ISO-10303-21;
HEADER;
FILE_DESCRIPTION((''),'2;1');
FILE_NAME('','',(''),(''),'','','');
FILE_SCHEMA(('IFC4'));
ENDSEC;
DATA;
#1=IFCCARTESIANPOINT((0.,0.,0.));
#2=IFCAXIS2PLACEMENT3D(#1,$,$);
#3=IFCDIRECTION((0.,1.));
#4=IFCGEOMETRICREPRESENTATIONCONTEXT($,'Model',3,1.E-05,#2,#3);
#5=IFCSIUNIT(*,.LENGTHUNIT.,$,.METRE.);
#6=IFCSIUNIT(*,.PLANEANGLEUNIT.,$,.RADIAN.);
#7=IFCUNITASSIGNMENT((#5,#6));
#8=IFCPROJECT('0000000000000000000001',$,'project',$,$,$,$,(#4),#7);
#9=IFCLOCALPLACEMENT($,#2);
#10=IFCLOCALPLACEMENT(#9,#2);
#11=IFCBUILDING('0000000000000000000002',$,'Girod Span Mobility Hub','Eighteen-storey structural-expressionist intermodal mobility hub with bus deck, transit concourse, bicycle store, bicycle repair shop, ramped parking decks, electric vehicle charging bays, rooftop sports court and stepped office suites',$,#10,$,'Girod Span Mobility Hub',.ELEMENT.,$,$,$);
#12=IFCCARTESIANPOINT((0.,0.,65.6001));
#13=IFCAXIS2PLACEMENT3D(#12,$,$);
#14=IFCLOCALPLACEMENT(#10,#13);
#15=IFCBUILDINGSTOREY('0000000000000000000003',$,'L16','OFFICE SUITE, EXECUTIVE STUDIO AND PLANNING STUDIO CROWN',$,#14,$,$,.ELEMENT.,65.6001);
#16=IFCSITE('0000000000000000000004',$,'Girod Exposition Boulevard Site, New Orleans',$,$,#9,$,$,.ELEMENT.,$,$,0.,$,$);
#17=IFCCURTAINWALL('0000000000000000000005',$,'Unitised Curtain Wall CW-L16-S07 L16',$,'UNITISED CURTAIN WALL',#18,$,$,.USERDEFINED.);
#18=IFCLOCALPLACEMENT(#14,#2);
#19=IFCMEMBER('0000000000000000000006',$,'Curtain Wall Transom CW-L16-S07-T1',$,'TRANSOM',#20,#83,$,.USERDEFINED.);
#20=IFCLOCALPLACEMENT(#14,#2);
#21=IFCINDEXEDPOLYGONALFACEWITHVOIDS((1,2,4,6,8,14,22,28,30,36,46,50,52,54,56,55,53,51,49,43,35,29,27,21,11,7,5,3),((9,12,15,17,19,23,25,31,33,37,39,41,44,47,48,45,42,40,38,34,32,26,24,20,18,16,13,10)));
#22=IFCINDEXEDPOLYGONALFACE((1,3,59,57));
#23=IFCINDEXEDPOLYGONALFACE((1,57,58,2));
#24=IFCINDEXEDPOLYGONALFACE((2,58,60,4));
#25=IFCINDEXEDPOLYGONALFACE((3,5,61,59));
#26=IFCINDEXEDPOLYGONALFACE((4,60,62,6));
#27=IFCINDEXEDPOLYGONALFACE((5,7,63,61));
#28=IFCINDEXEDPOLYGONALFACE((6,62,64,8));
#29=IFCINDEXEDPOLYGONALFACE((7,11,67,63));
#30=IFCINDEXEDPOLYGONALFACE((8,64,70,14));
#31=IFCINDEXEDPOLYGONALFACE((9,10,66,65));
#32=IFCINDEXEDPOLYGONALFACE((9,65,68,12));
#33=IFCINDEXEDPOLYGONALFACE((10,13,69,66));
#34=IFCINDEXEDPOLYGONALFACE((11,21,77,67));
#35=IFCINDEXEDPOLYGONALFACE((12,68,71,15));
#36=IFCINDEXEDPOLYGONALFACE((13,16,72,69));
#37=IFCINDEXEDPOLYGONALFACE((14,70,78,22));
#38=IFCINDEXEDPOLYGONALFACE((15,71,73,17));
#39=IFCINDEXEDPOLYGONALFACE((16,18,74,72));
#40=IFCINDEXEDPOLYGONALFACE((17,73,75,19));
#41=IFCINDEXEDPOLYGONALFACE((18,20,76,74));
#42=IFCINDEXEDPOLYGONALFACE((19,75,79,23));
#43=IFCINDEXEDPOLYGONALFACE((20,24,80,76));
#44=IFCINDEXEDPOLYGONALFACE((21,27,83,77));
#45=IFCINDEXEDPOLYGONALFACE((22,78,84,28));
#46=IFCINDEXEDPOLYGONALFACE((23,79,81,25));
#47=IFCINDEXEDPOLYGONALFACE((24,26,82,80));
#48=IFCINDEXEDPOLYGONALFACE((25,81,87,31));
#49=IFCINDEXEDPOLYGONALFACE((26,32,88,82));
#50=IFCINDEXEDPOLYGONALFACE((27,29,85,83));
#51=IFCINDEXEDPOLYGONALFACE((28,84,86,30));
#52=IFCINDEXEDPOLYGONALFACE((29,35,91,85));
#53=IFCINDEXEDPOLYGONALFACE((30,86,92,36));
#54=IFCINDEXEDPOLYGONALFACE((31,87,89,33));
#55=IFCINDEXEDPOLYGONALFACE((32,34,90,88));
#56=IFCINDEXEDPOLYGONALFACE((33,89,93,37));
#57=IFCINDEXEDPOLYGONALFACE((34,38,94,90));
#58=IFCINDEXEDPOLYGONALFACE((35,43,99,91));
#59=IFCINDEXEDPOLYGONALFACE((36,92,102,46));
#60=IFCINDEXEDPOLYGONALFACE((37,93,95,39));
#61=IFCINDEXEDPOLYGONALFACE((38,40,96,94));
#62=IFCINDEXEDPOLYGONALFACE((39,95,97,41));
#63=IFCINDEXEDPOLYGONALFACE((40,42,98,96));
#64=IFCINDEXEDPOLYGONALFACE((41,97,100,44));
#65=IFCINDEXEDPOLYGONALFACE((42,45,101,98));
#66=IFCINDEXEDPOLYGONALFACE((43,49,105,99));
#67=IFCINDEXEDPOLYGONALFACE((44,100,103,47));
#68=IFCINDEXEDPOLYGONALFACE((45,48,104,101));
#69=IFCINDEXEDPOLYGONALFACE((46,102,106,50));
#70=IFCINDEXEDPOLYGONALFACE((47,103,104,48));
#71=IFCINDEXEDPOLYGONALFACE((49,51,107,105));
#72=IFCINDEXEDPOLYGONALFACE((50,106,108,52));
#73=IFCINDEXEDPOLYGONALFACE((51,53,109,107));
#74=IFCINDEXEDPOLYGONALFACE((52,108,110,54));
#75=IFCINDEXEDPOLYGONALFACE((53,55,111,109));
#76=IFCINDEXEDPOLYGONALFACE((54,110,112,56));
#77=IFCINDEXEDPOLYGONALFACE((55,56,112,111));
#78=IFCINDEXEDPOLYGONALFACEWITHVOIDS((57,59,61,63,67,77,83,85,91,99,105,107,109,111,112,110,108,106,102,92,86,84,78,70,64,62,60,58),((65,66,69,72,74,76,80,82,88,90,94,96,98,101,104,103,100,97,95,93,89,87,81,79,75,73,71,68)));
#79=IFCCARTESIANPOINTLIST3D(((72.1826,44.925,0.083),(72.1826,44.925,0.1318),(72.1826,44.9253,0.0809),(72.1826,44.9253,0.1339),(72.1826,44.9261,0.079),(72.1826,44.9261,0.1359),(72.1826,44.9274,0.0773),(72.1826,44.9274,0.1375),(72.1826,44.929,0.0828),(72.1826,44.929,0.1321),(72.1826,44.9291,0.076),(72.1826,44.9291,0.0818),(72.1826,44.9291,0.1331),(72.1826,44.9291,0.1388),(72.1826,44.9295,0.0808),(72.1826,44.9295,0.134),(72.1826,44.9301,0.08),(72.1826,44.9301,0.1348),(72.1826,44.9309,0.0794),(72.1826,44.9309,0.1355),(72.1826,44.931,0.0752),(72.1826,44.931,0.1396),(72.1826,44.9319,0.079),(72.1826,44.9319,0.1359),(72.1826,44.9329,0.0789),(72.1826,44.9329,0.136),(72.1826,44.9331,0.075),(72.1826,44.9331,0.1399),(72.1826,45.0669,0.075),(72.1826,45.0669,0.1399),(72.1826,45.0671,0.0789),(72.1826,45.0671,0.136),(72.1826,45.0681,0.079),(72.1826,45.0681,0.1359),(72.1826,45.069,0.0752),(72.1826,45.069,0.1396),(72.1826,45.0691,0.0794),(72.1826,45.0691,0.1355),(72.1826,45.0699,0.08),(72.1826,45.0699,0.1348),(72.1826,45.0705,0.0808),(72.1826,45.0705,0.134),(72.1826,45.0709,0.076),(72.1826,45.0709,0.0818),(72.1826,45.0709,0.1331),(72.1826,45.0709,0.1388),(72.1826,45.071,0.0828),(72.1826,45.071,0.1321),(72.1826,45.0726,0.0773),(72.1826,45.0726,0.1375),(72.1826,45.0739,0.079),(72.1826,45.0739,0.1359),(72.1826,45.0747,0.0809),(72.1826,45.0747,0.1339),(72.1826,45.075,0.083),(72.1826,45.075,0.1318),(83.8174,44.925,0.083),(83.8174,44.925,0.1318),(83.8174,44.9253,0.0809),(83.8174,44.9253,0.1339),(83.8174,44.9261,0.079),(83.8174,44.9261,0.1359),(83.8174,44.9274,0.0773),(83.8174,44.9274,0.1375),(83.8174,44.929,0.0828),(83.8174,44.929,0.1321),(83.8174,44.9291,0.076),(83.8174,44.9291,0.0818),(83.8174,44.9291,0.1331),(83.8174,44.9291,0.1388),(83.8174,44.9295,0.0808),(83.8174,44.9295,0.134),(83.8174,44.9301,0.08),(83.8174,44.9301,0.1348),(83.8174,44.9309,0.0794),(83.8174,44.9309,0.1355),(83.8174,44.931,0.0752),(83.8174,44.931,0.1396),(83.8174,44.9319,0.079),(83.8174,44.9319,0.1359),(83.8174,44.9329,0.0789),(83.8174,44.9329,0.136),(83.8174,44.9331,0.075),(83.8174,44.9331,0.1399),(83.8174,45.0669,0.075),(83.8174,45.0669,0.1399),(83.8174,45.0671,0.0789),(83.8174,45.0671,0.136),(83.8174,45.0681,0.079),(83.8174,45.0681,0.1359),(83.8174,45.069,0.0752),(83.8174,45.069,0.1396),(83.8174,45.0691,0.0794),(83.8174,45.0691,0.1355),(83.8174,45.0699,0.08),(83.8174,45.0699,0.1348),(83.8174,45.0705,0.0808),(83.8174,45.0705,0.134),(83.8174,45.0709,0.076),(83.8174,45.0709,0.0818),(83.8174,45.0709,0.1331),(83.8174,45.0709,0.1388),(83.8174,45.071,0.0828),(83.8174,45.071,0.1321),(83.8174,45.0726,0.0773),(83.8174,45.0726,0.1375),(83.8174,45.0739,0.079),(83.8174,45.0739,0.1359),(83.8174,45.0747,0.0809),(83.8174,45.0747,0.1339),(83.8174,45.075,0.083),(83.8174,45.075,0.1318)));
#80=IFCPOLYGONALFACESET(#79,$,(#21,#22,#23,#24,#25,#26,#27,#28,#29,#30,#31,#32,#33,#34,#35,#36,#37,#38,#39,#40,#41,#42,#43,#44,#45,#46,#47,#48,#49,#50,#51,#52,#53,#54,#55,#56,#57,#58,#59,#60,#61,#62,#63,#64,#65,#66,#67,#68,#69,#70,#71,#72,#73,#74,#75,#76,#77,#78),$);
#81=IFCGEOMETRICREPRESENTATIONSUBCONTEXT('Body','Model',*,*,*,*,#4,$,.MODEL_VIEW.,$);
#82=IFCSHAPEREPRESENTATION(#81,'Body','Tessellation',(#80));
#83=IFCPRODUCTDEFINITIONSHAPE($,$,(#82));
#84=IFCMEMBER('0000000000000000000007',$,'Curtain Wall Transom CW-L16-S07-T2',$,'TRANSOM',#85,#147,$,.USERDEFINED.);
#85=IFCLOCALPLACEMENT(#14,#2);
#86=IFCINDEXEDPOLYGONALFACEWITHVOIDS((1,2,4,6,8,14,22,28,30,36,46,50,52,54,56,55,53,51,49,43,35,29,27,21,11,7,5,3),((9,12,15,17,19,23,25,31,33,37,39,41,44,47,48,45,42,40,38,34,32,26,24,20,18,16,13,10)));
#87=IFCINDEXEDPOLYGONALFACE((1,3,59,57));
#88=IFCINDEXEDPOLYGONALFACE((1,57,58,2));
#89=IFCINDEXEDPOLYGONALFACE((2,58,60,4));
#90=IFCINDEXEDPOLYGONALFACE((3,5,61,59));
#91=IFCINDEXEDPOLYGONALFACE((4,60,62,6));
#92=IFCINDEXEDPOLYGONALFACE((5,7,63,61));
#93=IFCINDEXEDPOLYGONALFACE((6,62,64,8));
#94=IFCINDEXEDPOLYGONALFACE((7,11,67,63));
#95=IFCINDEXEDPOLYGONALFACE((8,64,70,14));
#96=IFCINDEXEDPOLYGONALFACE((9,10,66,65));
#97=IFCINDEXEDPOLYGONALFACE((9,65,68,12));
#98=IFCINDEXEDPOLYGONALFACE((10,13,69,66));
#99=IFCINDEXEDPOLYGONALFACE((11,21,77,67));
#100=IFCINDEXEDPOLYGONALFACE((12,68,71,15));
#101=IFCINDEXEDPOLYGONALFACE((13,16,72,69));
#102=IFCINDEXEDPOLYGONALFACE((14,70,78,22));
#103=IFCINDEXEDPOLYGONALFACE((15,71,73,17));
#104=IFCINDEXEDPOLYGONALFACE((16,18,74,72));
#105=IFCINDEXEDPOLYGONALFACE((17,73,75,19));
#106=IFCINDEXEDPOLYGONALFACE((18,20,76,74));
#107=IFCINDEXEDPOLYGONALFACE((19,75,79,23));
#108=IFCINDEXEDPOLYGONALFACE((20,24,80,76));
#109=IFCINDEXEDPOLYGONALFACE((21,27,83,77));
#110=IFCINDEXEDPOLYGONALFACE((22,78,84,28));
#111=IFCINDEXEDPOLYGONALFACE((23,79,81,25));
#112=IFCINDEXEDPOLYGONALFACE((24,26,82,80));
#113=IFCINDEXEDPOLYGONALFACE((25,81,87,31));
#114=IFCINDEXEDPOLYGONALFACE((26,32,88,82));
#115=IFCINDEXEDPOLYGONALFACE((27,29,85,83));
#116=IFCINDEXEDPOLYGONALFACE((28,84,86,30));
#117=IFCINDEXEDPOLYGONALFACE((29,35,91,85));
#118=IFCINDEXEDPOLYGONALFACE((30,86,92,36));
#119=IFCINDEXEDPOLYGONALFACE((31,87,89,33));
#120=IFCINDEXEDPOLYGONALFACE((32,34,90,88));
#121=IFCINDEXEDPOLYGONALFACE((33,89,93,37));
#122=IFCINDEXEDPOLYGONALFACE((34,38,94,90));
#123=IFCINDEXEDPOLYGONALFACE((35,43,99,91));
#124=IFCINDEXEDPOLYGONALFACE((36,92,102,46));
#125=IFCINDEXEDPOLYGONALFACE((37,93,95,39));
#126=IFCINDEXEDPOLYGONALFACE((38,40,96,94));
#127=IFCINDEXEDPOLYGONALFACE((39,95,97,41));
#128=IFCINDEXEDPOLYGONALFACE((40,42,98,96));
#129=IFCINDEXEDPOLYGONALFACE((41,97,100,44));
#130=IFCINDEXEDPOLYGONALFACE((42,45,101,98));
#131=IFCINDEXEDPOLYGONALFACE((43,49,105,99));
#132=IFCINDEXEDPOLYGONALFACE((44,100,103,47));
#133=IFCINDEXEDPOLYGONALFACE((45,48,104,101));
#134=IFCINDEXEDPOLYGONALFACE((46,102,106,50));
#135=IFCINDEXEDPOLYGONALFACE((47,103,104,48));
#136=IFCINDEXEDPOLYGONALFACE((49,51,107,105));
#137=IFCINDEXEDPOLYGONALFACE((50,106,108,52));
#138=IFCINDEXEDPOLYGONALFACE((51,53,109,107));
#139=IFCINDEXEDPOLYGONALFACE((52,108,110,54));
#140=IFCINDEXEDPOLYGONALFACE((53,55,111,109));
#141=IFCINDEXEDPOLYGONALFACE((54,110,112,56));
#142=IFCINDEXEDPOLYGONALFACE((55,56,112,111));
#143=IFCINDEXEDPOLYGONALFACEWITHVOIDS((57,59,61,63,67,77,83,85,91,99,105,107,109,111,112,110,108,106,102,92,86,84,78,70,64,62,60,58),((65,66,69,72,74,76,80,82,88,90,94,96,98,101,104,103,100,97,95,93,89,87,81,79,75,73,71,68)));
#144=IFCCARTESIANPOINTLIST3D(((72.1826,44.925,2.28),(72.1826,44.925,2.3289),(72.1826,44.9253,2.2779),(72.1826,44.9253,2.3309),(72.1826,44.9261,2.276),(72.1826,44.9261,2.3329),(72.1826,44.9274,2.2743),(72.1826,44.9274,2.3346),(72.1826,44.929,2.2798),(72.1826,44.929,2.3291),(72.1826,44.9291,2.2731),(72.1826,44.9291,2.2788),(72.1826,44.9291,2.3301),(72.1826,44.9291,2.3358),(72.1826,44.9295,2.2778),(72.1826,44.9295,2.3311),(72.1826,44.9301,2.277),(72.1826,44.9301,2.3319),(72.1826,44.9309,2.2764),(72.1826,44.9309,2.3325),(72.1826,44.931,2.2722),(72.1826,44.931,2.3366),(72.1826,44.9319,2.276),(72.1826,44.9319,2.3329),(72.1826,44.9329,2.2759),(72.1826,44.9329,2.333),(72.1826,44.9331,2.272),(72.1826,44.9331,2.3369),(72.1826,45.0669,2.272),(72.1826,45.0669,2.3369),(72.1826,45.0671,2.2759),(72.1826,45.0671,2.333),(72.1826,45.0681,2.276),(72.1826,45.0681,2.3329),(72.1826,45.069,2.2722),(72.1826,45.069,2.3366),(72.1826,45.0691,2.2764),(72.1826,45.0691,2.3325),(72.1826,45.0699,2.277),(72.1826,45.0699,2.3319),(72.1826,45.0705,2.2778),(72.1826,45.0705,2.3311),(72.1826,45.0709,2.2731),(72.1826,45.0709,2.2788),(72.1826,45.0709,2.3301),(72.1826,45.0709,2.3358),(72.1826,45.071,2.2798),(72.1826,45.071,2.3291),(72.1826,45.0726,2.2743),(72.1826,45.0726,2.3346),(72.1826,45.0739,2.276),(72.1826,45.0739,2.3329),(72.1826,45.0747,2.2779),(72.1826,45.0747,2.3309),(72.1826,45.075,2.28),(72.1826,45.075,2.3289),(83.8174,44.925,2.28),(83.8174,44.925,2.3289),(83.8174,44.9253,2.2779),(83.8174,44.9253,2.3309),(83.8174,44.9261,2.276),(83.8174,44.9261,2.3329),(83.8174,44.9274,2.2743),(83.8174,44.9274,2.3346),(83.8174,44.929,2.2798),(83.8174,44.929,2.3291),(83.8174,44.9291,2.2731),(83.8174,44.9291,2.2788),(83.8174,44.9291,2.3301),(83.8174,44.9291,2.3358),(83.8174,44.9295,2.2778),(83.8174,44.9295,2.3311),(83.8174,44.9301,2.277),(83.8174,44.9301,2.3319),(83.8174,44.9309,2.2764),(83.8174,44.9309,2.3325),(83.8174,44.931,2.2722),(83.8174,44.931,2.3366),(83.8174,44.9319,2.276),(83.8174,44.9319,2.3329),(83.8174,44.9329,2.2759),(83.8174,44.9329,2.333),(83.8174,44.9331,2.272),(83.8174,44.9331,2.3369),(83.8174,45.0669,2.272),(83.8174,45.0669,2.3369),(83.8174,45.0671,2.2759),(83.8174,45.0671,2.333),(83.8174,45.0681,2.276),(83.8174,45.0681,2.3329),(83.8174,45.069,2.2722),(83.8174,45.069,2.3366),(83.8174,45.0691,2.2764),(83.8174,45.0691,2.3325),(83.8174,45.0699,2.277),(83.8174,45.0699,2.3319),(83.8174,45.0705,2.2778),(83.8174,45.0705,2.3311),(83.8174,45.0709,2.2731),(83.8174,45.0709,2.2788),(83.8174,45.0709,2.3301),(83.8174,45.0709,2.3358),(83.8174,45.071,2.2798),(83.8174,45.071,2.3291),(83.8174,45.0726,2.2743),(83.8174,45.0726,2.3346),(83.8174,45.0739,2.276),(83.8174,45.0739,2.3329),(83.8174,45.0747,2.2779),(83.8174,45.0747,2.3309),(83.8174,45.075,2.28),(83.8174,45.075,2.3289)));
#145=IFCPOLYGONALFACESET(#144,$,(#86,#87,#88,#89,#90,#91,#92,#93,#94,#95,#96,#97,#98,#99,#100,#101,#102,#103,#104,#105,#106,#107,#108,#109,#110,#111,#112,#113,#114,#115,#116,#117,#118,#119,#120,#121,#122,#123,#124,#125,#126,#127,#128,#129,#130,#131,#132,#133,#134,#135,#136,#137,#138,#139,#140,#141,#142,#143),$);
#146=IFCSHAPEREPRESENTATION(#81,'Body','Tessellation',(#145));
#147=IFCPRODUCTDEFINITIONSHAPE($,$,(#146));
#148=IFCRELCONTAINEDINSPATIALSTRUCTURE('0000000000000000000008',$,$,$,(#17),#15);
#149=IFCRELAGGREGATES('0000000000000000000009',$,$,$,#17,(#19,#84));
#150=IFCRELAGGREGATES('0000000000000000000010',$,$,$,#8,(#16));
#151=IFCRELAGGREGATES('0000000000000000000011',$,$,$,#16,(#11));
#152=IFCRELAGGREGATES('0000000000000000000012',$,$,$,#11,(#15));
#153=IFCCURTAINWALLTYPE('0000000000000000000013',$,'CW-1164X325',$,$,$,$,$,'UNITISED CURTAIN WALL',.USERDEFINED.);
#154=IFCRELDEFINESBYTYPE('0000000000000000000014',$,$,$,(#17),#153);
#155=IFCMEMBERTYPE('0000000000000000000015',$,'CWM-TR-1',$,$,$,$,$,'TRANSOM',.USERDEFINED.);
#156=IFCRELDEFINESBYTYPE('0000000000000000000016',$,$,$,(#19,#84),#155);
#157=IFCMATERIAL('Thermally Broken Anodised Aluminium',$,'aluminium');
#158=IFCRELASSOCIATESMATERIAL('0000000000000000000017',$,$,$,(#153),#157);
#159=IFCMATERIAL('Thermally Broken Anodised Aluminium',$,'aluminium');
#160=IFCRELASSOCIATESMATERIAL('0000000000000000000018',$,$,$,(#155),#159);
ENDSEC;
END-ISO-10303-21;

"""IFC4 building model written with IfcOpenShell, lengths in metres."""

from ifc_helpers import new_model, si_unit, direction, frame, origin, origin_2d, place, context, subcontext, project, spatial, hollow_rectangle, extrude, material, material_profile, profile_set, type_object, element, aggregate, save


model = new_model("IFC4")

# Units and contexts
model_context = context("Model", 3, precision=1e-05, world=origin(), true_north=direction((0.0, 1.0)))
body_context = subcontext(model_context, "Body", "Model", "MODEL_VIEW")
ifc_project = project(units=[si_unit("LENGTHUNIT", "METRE"), si_unit("PLANEANGLEUNIT", "RADIAN")], contexts=[model_context])

# Site, building, storey
site_placement = place(None, origin())
site = spatial("IfcSite", under=ifc_project, at=site_placement, Name="Girod Exposition Boulevard Site, New Orleans", CompositionType="ELEMENT", RefElevation=0.0)
building_placement = place(site_placement, origin())
building = spatial("IfcBuilding", under=site, at=building_placement, Name="Girod Span Mobility Hub", Description="Eighteen-storey structural-expressionist intermodal mobility hub with bus deck, transit concourse, bicycle store, bicycle repair shop, ramped parking decks, electric vehicle charging bays, rooftop sports court and stepped office suites", LongName="Girod Span Mobility Hub", CompositionType="ELEMENT")
storey_placement = place(building_placement, frame((0.0, 0.0, 65.6001)))
storey = spatial("IfcBuildingStorey", under=building, at=storey_placement, Name="L16", Description="OFFICE SUITE, EXECUTIVE STUDIO AND PLANNING STUDIO CROWN", CompositionType="ELEMENT", Elevation=65.6001)

# Curtain wall, members
ifc_material_1 = material(Name="Thermally Broken Anodised Aluminium", Category="aluminium")
curtain_wall_type = type_object("IfcCurtainWallType", Name="CW-1164X325", ElementType="UNITISED CURTAIN WALL", PredefinedType="USERDEFINED", material=ifc_material_1)
curtain_wall_1_placement = place(storey_placement, origin())
curtain_wall_1 = element("IfcCurtainWall", 1, at=curtain_wall_1_placement, inside=storey, type_object=curtain_wall_type, Name="Unitised Curtain Wall CW-L16-S07 L16", ObjectType="UNITISED CURTAIN WALL", PredefinedType="USERDEFINED")
ifc_material_2 = material(Name="Thermally Broken Anodised Aluminium", Category="aluminium")
ifc_material_profile_1 = material_profile(ifc_material_2, hollow_rectangle(XDim=0.1499, YDim=0.0649, WallThickness=0.0039, InnerFilletRadius=0.0039, OuterFilletRadius=0.0081, at=origin_2d()), Name="CW-TR-65X150")
ifc_profile_set_1 = profile_set([ifc_material_profile_1], Name="Thermally Broken Anodised Aluminium")
member_type_1 = type_object("IfcMemberType", Name="CWM-TR-1", ElementType="TRANSOM", PredefinedType="USERDEFINED", material=ifc_profile_set_1)
member_1_placement = place(storey_placement, frame((72.1826, 45.0, 0.1074), z_axis=(1.0, 0.0, 0.0), x_axis=(0.0, 1.0, 0.0)))
member_1 = element("IfcMember", 2, at=member_1_placement, type_object=member_type_1, Name="Curtain Wall Transom CW-L16-S07-T1", ObjectType="TRANSOM", PredefinedType="USERDEFINED", context=body_context, shape_type="SweptSolid", body=[
    extrude(hollow_rectangle(XDim=0.1499, YDim=0.0649, WallThickness=0.0039, InnerFilletRadius=0.0039, OuterFilletRadius=0.0081, at=origin_2d()), origin(), (0.0, 0.0, 1.0), 11.6348),
])
member_2_placement = place(storey_placement, frame((72.1826, 45.0, 2.3044), z_axis=(1.0, 0.0, 0.0), x_axis=(0.0, 1.0, 0.0)))
member_2 = element("IfcMember", 3, at=member_2_placement, type_object=member_type_1, Name="Curtain Wall Transom CW-L16-S07-T2", ObjectType="TRANSOM", PredefinedType="USERDEFINED", context=body_context, shape_type="SweptSolid", body=[
    extrude(hollow_rectangle(XDim=0.1499, YDim=0.0649, WallThickness=0.0039, InnerFilletRadius=0.0039, OuterFilletRadius=0.0081, at=origin_2d()), origin(), (0.0, 0.0, 1.0), 11.6348),
])

aggregate(curtain_wall_1, [member_1, member_2])

save(model, "model.ifc")
